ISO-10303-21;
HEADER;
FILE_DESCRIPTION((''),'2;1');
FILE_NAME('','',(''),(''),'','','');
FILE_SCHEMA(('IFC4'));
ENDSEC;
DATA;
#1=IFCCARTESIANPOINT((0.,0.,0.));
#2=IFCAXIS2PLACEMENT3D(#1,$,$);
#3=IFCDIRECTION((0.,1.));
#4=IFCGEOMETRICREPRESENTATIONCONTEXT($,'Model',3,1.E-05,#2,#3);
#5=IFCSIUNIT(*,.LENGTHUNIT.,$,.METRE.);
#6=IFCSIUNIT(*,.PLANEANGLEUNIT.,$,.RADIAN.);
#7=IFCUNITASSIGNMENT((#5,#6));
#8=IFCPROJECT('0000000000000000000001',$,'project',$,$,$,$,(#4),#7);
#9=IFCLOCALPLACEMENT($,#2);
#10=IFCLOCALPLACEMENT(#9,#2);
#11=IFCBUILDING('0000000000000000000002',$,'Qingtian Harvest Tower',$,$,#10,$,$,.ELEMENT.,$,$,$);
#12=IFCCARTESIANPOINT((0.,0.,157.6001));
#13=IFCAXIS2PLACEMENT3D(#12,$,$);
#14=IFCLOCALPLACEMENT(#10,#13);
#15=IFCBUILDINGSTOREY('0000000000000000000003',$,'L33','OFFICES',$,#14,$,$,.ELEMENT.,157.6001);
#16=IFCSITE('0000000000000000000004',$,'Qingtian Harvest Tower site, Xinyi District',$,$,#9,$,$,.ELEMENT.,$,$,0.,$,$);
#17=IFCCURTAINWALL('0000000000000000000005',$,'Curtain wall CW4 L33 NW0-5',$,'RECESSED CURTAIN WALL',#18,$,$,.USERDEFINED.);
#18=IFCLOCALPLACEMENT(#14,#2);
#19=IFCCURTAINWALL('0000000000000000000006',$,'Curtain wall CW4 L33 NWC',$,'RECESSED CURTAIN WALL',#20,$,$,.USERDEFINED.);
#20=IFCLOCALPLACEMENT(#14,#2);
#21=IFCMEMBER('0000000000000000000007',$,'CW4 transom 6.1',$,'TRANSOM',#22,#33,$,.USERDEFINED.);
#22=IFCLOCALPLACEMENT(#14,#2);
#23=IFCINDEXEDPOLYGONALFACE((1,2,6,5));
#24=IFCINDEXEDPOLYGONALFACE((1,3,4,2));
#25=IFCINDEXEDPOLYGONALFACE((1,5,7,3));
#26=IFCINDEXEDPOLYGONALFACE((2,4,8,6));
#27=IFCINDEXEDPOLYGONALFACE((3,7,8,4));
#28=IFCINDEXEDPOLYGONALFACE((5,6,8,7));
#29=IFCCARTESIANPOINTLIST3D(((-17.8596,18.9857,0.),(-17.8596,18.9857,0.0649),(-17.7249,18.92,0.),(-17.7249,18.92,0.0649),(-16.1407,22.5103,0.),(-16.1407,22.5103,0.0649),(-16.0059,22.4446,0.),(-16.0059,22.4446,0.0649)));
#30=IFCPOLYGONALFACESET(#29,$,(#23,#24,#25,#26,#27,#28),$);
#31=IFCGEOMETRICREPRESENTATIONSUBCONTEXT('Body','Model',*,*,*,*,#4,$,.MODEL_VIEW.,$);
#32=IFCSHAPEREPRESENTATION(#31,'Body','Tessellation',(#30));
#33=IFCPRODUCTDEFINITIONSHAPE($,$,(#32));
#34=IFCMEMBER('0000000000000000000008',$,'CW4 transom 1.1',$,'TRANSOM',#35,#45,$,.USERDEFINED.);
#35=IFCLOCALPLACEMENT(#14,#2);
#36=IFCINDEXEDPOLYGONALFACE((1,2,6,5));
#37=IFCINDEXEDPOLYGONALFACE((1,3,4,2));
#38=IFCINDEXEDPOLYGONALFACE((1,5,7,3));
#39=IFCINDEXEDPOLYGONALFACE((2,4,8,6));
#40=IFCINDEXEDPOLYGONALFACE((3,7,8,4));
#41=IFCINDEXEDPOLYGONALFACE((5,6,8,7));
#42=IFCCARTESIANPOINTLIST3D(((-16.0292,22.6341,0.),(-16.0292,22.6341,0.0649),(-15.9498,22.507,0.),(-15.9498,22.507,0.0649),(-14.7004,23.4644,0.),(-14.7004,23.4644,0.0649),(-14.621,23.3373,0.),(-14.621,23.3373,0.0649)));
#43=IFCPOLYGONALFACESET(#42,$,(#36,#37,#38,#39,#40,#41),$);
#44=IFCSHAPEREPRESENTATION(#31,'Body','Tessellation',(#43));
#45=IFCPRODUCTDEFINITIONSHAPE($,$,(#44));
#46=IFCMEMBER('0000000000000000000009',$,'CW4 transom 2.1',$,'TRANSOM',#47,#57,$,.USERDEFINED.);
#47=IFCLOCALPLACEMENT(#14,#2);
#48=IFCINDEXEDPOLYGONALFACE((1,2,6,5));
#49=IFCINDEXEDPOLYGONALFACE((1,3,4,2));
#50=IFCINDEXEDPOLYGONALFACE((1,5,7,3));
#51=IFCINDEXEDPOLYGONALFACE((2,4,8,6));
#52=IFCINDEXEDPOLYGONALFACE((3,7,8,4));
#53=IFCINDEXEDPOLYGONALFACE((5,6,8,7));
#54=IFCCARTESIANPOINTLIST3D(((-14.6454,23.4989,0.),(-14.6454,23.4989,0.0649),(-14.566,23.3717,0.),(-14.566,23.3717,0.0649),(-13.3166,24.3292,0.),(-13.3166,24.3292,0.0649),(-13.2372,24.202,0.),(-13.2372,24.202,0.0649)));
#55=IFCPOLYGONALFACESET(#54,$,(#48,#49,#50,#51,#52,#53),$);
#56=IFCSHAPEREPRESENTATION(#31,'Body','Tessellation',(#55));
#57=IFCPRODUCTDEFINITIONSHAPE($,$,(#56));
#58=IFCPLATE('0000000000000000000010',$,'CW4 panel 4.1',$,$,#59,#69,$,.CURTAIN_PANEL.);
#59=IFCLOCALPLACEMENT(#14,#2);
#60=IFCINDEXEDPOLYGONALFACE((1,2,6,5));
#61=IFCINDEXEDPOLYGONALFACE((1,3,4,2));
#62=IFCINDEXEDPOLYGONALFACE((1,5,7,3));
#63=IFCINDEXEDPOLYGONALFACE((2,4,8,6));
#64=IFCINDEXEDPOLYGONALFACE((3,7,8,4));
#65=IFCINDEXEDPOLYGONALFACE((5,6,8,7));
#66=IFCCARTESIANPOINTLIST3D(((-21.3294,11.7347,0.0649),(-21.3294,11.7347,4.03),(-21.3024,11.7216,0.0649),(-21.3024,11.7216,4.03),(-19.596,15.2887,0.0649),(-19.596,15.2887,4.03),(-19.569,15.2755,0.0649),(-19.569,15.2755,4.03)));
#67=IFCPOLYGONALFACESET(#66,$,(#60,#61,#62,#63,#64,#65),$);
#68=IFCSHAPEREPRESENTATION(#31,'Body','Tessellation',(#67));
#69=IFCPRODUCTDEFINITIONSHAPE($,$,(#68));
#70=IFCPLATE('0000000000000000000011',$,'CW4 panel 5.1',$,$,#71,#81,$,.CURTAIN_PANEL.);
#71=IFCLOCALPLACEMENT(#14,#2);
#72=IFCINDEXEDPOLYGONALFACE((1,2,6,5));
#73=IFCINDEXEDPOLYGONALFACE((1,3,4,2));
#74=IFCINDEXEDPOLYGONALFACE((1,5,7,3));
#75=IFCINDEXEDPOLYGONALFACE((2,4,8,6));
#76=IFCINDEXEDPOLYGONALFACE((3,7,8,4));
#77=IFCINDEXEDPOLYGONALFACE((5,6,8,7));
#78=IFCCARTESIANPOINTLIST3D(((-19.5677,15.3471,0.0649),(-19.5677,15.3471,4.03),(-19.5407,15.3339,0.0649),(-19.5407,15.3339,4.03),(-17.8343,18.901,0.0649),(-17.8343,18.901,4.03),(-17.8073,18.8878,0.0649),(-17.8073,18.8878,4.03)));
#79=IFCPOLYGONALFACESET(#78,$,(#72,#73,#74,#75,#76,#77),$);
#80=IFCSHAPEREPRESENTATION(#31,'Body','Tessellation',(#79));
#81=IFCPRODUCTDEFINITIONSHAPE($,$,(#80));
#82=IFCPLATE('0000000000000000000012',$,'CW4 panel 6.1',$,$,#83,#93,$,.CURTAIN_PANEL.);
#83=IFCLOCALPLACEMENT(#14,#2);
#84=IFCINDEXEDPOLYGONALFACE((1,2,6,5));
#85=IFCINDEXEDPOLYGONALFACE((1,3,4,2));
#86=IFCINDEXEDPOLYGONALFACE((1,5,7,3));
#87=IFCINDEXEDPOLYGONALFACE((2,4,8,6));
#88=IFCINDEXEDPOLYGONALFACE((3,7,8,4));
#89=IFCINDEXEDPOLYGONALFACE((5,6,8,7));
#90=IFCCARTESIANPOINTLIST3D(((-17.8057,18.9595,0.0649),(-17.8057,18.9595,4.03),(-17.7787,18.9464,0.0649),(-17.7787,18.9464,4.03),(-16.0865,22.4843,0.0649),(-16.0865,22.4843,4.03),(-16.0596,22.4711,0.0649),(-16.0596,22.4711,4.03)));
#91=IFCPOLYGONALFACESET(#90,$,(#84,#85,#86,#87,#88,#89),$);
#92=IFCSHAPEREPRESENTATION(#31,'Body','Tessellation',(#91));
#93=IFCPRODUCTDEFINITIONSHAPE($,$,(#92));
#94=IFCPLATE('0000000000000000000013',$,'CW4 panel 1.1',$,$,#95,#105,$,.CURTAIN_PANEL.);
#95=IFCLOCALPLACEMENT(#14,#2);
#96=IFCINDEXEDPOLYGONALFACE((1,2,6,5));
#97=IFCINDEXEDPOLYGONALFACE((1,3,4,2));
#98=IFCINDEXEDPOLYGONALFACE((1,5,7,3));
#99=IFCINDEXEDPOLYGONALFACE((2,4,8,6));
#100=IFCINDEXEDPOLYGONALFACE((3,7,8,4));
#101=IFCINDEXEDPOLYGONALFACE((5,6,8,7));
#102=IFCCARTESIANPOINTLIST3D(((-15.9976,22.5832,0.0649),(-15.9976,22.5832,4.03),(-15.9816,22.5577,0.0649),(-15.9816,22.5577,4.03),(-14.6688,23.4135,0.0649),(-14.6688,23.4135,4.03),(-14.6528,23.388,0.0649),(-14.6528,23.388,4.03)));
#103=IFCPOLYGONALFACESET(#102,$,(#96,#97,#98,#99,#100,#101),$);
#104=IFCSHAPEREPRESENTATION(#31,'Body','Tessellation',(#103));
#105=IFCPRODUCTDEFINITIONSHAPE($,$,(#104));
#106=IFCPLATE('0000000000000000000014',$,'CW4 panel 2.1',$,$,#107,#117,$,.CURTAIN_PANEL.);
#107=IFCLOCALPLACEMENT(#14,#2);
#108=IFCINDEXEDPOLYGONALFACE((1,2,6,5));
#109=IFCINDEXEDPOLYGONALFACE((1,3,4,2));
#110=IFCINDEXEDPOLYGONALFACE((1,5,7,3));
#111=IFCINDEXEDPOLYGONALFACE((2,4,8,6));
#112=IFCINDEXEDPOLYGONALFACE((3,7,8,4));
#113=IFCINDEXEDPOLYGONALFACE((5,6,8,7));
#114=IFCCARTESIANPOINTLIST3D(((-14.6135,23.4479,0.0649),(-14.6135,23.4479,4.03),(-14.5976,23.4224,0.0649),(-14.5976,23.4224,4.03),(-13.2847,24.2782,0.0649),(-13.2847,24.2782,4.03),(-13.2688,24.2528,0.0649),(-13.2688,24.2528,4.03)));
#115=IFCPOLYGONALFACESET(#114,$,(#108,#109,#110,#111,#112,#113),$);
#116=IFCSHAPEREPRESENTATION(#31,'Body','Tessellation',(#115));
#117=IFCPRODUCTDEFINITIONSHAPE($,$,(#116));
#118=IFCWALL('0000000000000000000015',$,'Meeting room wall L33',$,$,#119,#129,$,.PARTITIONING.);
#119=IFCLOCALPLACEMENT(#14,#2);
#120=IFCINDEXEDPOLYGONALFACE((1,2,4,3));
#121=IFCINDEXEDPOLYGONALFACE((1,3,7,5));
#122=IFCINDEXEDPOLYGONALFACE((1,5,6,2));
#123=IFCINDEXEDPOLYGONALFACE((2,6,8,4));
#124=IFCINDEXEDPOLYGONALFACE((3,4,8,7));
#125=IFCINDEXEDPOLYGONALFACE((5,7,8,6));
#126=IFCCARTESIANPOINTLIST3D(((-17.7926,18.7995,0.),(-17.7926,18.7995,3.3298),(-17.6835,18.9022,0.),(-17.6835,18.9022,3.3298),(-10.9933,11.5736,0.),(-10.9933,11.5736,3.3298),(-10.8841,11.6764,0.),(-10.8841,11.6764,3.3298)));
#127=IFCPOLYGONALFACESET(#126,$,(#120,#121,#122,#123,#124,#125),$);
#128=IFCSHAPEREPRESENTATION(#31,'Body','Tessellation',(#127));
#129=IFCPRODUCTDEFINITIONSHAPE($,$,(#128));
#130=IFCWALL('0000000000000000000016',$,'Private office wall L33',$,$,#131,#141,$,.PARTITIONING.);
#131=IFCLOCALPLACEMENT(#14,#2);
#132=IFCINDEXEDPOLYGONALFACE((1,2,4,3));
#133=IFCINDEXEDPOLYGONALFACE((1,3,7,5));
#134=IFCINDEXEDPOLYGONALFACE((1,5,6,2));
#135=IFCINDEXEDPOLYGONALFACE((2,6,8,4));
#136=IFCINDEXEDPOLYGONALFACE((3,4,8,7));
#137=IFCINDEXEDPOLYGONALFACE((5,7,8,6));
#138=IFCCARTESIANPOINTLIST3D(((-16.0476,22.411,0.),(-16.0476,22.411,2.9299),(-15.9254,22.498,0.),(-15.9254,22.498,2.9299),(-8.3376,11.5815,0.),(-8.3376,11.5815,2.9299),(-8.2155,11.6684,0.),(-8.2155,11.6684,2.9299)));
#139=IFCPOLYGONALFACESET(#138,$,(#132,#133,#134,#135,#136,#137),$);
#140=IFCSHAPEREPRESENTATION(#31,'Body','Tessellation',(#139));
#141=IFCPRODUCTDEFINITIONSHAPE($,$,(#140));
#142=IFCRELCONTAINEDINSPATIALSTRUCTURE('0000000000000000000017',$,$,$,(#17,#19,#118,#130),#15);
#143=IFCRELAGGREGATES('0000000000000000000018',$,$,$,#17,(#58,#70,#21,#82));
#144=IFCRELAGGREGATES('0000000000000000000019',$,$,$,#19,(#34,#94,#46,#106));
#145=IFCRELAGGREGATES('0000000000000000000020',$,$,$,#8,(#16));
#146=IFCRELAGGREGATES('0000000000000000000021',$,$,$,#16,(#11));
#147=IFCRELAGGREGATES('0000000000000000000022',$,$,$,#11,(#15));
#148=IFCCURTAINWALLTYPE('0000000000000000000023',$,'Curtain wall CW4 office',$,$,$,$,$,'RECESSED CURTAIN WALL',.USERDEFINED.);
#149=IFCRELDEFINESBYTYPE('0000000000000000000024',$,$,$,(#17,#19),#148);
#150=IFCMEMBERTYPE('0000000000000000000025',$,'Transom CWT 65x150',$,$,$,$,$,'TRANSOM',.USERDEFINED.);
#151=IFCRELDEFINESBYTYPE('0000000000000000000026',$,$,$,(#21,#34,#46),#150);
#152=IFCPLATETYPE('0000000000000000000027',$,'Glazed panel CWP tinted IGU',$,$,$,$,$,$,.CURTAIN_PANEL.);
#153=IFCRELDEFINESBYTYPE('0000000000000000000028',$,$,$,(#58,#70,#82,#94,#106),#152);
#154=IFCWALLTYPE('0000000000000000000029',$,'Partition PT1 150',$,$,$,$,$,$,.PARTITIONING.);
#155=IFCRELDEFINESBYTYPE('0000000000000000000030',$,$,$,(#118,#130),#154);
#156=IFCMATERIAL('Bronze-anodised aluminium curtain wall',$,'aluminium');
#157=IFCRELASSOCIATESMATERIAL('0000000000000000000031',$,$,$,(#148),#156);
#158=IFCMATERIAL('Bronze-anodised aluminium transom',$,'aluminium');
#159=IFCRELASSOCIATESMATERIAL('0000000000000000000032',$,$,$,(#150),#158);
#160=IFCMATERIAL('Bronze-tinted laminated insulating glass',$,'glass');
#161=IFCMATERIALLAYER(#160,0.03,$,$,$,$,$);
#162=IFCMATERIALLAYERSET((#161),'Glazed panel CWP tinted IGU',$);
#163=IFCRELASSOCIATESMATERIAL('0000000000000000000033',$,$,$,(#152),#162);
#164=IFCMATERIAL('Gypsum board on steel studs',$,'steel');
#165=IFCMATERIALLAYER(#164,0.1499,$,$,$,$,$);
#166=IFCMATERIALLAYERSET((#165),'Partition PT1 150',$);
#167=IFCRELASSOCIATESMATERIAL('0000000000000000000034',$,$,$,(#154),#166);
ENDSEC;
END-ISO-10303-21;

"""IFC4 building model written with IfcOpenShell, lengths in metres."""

from ifc_helpers import new_model, si_unit, direction, frame, frame_2d, origin, origin_2d, place, context, subcontext, project, spatial, rectangle, extrude, material, layer, layer_set, material_profile, profile_set, type_object, element, aggregate, save


model = new_model("IFC4")

# Units and contexts
model_context = context("Model", 3, precision=1e-05, world=origin(), true_north=direction((0.0, 1.0)))
body_context = subcontext(model_context, "Body", "Model", "MODEL_VIEW")
ifc_project = project(units=[si_unit("LENGTHUNIT", "METRE"), si_unit("PLANEANGLEUNIT", "RADIAN")], contexts=[model_context])

# Site, building, storey
site_placement = place(None, origin())
site = spatial("IfcSite", under=ifc_project, at=site_placement, Name="Qingtian Harvest Tower site, Xinyi District", CompositionType="ELEMENT", RefElevation=0.0)
building_placement = place(site_placement, origin())
building = spatial("IfcBuilding", under=site, at=building_placement, Name="Qingtian Harvest Tower", CompositionType="ELEMENT")
storey_placement = place(building_placement, frame((0.0, 0.0, 157.6001)))
storey = spatial("IfcBuildingStorey", under=building, at=storey_placement, Name="L33", Description="OFFICES", CompositionType="ELEMENT", Elevation=157.6001)

# Curtain walls
ifc_material_1 = material(Name="Bronze-anodised aluminium curtain wall", Category="aluminium")
curtain_wall_type = type_object("IfcCurtainWallType", Name="Curtain wall CW4 office", ElementType="RECESSED CURTAIN WALL", PredefinedType="USERDEFINED", material=ifc_material_1)
curtain_wall_1_placement = place(storey_placement, origin())
curtain_wall_1 = element("IfcCurtainWall", 1, at=curtain_wall_1_placement, inside=storey, type_object=curtain_wall_type, Name="Curtain wall CW4 L33 NW0-5", ObjectType="RECESSED CURTAIN WALL", PredefinedType="USERDEFINED")
curtain_wall_2_placement = place(storey_placement, origin())
curtain_wall_2 = element("IfcCurtainWall", 2, at=curtain_wall_2_placement, inside=storey, type_object=curtain_wall_type, Name="Curtain wall CW4 L33 NWC", ObjectType="RECESSED CURTAIN WALL", PredefinedType="USERDEFINED")

# Members
ifc_material_2 = material(Name="Bronze-anodised aluminium transom", Category="aluminium")
ifc_material_profile_1 = material_profile(ifc_material_2, rectangle(XDim=0.1499, YDim=0.0649, at=origin_2d()), Name="AL 65x150")
ifc_profile_set_1 = profile_set([ifc_material_profile_1], Name="Bronze-anodised aluminium transom")
member_type_1 = type_object("IfcMemberType", Name="Transom CWT 65x150", ElementType="TRANSOM", PredefinedType="USERDEFINED", material=ifc_profile_set_1)
member_1_placement = place(storey_placement, frame((-17.7922, 18.9529, 0.0325), z_axis=(0.438351, 0.898804, 0.0), x_axis=(-0.898804, 0.438351, 0.0)))
member_1 = element("IfcMember", 3, at=member_1_placement, type_object=member_type_1, Name="CW4 transom 6.1", ObjectType="TRANSOM", PredefinedType="USERDEFINED", context=body_context, shape_type="SweptSolid", body=[
    extrude(rectangle(XDim=0.1499, YDim=0.0649, at=origin_2d()), origin(), (0.0, 0.0, 1.0), 3.9214),
])
member_2_placement = place(storey_placement, frame((-15.9895, 22.5706, 0.0325), z_axis=(0.84806, 0.529901, 0.0), x_axis=(-0.529901, 0.84806, 0.0)))
member_2 = element("IfcMember", 4, at=member_2_placement, type_object=member_type_1, Name="CW4 transom 1.1", ObjectType="TRANSOM", PredefinedType="USERDEFINED", context=body_context, shape_type="SweptSolid", body=[
    extrude(rectangle(XDim=0.1499, YDim=0.0649, at=origin_2d()), origin(), (0.0, 0.0, 1.0), 1.5669),
])
member_3_placement = place(storey_placement, frame((-14.6057, 23.4353, 0.0325), z_axis=(0.84806, 0.529901, 0.0), x_axis=(-0.529901, 0.84806, 0.0)))
member_3 = element("IfcMember", 5, at=member_3_placement, type_object=member_type_1, Name="CW4 transom 2.1", ObjectType="TRANSOM", PredefinedType="USERDEFINED", context=body_context, shape_type="SweptSolid", body=[
    extrude(rectangle(XDim=0.1499, YDim=0.0649, at=origin_2d()), origin(), (0.0, 0.0, 1.0), 1.5669),
])

# Plates
ifc_material_3 = material(Name="Bronze-tinted laminated insulating glass", Category="glass")
ifc_layer_1 = layer(ifc_material_3, 0.03)
ifc_layer_set_1 = layer_set([ifc_layer_1], Name="Glazed panel CWP tinted IGU")
plate_type = type_object("IfcPlateType", Name="Glazed panel CWP tinted IGU", PredefinedType="CURTAIN_PANEL", material=ifc_layer_set_1)
plate_1_placement = place(storey_placement, frame((-20.4492, 13.5051, 0.0649), z_axis=(0.0, 0.0, 1.0), x_axis=(0.438371, 0.898794, 0.0)))
plate_1 = element("IfcPlate", 6, at=plate_1_placement, type_object=plate_type, Name="CW4 panel 4.1", PredefinedType="CURTAIN_PANEL", context=body_context, shape_type="SweptSolid", body=[
    extrude(rectangle(XDim=3.9541, YDim=0.03, at=origin_2d()), origin(), (0.0, 0.0, 1.0), 3.9651),
])
plate_2_placement = place(storey_placement, frame((-18.6875, 17.1174, 0.0649), z_axis=(0.0, 0.0, 1.0), x_axis=(0.438371, 0.898794, 0.0)))
plate_2 = element("IfcPlate", 7, at=plate_2_placement, type_object=plate_type, Name="CW4 panel 5.1", PredefinedType="CURTAIN_PANEL", context=body_context, shape_type="SweptSolid", body=[
    extrude(rectangle(XDim=3.9541, YDim=0.03, at=origin_2d()), origin(), (0.0, 0.0, 1.0), 3.9651),
])
plate_3_placement = place(storey_placement, frame((-16.9326, 20.7153, 0.0649), z_axis=(0.0, 0.0, 1.0), x_axis=(0.438371, 0.898794, 0.0)))
plate_3 = element("IfcPlate", 8, at=plate_3_placement, type_object=plate_type, Name="CW4 panel 6.1", PredefinedType="CURTAIN_PANEL", context=body_context, shape_type="SweptSolid", body=[
    extrude(rectangle(XDim=3.9216, YDim=0.03, at=origin_2d()), origin(), (0.0, 0.0, 1.0), 3.9651),
])
aggregate(curtain_wall_1, [plate_1, plate_2, member_1, plate_3])
plate_4_placement = place(storey_placement, frame((-15.3252, 22.9856, 0.0649), z_axis=(0.0, 0.0, 1.0), x_axis=(0.848048, 0.529919, 0.0)))
plate_4 = element("IfcPlate", 9, at=plate_4_placement, type_object=plate_type, Name="CW4 panel 1.1", PredefinedType="CURTAIN_PANEL", context=body_context, shape_type="SweptSolid", body=[
    extrude(rectangle(XDim=1.5669, YDim=0.03, at=origin_2d()), origin(), (0.0, 0.0, 1.0), 3.9651),
])
plate_5_placement = place(storey_placement, frame((-13.9412, 23.8503, 0.0649), z_axis=(0.0, 0.0, 1.0), x_axis=(0.848048, 0.529919, 0.0)))
plate_5 = element("IfcPlate", 10, at=plate_5_placement, type_object=plate_type, Name="CW4 panel 2.1", PredefinedType="CURTAIN_PANEL", context=body_context, shape_type="SweptSolid", body=[
    extrude(rectangle(XDim=1.5669, YDim=0.03, at=origin_2d()), origin(), (0.0, 0.0, 1.0), 3.9651),
])
aggregate(curtain_wall_2, [member_2, plate_4, member_3, plate_5])

# Walls
ifc_material_4 = material(Name="Gypsum board on steel studs", Category="steel")
ifc_layer_2 = layer(ifc_material_4, 0.1499)
ifc_layer_set_2 = layer_set([ifc_layer_2], Name="Partition PT1 150")
wall_type = type_object("IfcWallType", Name="Partition PT1 150", PredefinedType="PARTITIONING", material=ifc_layer_set_2)
wall_1_placement = place(storey_placement, frame((-17.738, 18.8508, 0.0), z_axis=(0.0, 0.0, 1.0), x_axis=(0.685286, -0.728274, 0.0)))
element("IfcWall", 11, at=wall_1_placement, inside=storey, type_object=wall_type, Name="Meeting room wall L33", PredefinedType="PARTITIONING", context=body_context, shape_type="SweptSolid", body=[
    extrude(rectangle(XDim=9.9219, YDim=0.1499, at=frame_2d((4.9609, 0.0))), origin(), (0.0, 0.0, 1.0), 3.3298),
])
wall_2_placement = place(storey_placement, frame((-15.9866, 22.4546, 0.0), z_axis=(0.0, 0.0, 1.0), x_axis=(0.579969, -0.814638, 0.0)))
element("IfcWall", 12, at=wall_2_placement, inside=storey, type_object=wall_type, Name="Private office wall L33", PredefinedType="PARTITIONING", context=body_context, shape_type="SweptSolid", body=[
    extrude(rectangle(XDim=13.2937, YDim=0.1499, at=frame_2d((6.647, 0.0))), origin(), (0.0, 0.0, 1.0), 2.9299),
])

save(model, "model.ifc")
